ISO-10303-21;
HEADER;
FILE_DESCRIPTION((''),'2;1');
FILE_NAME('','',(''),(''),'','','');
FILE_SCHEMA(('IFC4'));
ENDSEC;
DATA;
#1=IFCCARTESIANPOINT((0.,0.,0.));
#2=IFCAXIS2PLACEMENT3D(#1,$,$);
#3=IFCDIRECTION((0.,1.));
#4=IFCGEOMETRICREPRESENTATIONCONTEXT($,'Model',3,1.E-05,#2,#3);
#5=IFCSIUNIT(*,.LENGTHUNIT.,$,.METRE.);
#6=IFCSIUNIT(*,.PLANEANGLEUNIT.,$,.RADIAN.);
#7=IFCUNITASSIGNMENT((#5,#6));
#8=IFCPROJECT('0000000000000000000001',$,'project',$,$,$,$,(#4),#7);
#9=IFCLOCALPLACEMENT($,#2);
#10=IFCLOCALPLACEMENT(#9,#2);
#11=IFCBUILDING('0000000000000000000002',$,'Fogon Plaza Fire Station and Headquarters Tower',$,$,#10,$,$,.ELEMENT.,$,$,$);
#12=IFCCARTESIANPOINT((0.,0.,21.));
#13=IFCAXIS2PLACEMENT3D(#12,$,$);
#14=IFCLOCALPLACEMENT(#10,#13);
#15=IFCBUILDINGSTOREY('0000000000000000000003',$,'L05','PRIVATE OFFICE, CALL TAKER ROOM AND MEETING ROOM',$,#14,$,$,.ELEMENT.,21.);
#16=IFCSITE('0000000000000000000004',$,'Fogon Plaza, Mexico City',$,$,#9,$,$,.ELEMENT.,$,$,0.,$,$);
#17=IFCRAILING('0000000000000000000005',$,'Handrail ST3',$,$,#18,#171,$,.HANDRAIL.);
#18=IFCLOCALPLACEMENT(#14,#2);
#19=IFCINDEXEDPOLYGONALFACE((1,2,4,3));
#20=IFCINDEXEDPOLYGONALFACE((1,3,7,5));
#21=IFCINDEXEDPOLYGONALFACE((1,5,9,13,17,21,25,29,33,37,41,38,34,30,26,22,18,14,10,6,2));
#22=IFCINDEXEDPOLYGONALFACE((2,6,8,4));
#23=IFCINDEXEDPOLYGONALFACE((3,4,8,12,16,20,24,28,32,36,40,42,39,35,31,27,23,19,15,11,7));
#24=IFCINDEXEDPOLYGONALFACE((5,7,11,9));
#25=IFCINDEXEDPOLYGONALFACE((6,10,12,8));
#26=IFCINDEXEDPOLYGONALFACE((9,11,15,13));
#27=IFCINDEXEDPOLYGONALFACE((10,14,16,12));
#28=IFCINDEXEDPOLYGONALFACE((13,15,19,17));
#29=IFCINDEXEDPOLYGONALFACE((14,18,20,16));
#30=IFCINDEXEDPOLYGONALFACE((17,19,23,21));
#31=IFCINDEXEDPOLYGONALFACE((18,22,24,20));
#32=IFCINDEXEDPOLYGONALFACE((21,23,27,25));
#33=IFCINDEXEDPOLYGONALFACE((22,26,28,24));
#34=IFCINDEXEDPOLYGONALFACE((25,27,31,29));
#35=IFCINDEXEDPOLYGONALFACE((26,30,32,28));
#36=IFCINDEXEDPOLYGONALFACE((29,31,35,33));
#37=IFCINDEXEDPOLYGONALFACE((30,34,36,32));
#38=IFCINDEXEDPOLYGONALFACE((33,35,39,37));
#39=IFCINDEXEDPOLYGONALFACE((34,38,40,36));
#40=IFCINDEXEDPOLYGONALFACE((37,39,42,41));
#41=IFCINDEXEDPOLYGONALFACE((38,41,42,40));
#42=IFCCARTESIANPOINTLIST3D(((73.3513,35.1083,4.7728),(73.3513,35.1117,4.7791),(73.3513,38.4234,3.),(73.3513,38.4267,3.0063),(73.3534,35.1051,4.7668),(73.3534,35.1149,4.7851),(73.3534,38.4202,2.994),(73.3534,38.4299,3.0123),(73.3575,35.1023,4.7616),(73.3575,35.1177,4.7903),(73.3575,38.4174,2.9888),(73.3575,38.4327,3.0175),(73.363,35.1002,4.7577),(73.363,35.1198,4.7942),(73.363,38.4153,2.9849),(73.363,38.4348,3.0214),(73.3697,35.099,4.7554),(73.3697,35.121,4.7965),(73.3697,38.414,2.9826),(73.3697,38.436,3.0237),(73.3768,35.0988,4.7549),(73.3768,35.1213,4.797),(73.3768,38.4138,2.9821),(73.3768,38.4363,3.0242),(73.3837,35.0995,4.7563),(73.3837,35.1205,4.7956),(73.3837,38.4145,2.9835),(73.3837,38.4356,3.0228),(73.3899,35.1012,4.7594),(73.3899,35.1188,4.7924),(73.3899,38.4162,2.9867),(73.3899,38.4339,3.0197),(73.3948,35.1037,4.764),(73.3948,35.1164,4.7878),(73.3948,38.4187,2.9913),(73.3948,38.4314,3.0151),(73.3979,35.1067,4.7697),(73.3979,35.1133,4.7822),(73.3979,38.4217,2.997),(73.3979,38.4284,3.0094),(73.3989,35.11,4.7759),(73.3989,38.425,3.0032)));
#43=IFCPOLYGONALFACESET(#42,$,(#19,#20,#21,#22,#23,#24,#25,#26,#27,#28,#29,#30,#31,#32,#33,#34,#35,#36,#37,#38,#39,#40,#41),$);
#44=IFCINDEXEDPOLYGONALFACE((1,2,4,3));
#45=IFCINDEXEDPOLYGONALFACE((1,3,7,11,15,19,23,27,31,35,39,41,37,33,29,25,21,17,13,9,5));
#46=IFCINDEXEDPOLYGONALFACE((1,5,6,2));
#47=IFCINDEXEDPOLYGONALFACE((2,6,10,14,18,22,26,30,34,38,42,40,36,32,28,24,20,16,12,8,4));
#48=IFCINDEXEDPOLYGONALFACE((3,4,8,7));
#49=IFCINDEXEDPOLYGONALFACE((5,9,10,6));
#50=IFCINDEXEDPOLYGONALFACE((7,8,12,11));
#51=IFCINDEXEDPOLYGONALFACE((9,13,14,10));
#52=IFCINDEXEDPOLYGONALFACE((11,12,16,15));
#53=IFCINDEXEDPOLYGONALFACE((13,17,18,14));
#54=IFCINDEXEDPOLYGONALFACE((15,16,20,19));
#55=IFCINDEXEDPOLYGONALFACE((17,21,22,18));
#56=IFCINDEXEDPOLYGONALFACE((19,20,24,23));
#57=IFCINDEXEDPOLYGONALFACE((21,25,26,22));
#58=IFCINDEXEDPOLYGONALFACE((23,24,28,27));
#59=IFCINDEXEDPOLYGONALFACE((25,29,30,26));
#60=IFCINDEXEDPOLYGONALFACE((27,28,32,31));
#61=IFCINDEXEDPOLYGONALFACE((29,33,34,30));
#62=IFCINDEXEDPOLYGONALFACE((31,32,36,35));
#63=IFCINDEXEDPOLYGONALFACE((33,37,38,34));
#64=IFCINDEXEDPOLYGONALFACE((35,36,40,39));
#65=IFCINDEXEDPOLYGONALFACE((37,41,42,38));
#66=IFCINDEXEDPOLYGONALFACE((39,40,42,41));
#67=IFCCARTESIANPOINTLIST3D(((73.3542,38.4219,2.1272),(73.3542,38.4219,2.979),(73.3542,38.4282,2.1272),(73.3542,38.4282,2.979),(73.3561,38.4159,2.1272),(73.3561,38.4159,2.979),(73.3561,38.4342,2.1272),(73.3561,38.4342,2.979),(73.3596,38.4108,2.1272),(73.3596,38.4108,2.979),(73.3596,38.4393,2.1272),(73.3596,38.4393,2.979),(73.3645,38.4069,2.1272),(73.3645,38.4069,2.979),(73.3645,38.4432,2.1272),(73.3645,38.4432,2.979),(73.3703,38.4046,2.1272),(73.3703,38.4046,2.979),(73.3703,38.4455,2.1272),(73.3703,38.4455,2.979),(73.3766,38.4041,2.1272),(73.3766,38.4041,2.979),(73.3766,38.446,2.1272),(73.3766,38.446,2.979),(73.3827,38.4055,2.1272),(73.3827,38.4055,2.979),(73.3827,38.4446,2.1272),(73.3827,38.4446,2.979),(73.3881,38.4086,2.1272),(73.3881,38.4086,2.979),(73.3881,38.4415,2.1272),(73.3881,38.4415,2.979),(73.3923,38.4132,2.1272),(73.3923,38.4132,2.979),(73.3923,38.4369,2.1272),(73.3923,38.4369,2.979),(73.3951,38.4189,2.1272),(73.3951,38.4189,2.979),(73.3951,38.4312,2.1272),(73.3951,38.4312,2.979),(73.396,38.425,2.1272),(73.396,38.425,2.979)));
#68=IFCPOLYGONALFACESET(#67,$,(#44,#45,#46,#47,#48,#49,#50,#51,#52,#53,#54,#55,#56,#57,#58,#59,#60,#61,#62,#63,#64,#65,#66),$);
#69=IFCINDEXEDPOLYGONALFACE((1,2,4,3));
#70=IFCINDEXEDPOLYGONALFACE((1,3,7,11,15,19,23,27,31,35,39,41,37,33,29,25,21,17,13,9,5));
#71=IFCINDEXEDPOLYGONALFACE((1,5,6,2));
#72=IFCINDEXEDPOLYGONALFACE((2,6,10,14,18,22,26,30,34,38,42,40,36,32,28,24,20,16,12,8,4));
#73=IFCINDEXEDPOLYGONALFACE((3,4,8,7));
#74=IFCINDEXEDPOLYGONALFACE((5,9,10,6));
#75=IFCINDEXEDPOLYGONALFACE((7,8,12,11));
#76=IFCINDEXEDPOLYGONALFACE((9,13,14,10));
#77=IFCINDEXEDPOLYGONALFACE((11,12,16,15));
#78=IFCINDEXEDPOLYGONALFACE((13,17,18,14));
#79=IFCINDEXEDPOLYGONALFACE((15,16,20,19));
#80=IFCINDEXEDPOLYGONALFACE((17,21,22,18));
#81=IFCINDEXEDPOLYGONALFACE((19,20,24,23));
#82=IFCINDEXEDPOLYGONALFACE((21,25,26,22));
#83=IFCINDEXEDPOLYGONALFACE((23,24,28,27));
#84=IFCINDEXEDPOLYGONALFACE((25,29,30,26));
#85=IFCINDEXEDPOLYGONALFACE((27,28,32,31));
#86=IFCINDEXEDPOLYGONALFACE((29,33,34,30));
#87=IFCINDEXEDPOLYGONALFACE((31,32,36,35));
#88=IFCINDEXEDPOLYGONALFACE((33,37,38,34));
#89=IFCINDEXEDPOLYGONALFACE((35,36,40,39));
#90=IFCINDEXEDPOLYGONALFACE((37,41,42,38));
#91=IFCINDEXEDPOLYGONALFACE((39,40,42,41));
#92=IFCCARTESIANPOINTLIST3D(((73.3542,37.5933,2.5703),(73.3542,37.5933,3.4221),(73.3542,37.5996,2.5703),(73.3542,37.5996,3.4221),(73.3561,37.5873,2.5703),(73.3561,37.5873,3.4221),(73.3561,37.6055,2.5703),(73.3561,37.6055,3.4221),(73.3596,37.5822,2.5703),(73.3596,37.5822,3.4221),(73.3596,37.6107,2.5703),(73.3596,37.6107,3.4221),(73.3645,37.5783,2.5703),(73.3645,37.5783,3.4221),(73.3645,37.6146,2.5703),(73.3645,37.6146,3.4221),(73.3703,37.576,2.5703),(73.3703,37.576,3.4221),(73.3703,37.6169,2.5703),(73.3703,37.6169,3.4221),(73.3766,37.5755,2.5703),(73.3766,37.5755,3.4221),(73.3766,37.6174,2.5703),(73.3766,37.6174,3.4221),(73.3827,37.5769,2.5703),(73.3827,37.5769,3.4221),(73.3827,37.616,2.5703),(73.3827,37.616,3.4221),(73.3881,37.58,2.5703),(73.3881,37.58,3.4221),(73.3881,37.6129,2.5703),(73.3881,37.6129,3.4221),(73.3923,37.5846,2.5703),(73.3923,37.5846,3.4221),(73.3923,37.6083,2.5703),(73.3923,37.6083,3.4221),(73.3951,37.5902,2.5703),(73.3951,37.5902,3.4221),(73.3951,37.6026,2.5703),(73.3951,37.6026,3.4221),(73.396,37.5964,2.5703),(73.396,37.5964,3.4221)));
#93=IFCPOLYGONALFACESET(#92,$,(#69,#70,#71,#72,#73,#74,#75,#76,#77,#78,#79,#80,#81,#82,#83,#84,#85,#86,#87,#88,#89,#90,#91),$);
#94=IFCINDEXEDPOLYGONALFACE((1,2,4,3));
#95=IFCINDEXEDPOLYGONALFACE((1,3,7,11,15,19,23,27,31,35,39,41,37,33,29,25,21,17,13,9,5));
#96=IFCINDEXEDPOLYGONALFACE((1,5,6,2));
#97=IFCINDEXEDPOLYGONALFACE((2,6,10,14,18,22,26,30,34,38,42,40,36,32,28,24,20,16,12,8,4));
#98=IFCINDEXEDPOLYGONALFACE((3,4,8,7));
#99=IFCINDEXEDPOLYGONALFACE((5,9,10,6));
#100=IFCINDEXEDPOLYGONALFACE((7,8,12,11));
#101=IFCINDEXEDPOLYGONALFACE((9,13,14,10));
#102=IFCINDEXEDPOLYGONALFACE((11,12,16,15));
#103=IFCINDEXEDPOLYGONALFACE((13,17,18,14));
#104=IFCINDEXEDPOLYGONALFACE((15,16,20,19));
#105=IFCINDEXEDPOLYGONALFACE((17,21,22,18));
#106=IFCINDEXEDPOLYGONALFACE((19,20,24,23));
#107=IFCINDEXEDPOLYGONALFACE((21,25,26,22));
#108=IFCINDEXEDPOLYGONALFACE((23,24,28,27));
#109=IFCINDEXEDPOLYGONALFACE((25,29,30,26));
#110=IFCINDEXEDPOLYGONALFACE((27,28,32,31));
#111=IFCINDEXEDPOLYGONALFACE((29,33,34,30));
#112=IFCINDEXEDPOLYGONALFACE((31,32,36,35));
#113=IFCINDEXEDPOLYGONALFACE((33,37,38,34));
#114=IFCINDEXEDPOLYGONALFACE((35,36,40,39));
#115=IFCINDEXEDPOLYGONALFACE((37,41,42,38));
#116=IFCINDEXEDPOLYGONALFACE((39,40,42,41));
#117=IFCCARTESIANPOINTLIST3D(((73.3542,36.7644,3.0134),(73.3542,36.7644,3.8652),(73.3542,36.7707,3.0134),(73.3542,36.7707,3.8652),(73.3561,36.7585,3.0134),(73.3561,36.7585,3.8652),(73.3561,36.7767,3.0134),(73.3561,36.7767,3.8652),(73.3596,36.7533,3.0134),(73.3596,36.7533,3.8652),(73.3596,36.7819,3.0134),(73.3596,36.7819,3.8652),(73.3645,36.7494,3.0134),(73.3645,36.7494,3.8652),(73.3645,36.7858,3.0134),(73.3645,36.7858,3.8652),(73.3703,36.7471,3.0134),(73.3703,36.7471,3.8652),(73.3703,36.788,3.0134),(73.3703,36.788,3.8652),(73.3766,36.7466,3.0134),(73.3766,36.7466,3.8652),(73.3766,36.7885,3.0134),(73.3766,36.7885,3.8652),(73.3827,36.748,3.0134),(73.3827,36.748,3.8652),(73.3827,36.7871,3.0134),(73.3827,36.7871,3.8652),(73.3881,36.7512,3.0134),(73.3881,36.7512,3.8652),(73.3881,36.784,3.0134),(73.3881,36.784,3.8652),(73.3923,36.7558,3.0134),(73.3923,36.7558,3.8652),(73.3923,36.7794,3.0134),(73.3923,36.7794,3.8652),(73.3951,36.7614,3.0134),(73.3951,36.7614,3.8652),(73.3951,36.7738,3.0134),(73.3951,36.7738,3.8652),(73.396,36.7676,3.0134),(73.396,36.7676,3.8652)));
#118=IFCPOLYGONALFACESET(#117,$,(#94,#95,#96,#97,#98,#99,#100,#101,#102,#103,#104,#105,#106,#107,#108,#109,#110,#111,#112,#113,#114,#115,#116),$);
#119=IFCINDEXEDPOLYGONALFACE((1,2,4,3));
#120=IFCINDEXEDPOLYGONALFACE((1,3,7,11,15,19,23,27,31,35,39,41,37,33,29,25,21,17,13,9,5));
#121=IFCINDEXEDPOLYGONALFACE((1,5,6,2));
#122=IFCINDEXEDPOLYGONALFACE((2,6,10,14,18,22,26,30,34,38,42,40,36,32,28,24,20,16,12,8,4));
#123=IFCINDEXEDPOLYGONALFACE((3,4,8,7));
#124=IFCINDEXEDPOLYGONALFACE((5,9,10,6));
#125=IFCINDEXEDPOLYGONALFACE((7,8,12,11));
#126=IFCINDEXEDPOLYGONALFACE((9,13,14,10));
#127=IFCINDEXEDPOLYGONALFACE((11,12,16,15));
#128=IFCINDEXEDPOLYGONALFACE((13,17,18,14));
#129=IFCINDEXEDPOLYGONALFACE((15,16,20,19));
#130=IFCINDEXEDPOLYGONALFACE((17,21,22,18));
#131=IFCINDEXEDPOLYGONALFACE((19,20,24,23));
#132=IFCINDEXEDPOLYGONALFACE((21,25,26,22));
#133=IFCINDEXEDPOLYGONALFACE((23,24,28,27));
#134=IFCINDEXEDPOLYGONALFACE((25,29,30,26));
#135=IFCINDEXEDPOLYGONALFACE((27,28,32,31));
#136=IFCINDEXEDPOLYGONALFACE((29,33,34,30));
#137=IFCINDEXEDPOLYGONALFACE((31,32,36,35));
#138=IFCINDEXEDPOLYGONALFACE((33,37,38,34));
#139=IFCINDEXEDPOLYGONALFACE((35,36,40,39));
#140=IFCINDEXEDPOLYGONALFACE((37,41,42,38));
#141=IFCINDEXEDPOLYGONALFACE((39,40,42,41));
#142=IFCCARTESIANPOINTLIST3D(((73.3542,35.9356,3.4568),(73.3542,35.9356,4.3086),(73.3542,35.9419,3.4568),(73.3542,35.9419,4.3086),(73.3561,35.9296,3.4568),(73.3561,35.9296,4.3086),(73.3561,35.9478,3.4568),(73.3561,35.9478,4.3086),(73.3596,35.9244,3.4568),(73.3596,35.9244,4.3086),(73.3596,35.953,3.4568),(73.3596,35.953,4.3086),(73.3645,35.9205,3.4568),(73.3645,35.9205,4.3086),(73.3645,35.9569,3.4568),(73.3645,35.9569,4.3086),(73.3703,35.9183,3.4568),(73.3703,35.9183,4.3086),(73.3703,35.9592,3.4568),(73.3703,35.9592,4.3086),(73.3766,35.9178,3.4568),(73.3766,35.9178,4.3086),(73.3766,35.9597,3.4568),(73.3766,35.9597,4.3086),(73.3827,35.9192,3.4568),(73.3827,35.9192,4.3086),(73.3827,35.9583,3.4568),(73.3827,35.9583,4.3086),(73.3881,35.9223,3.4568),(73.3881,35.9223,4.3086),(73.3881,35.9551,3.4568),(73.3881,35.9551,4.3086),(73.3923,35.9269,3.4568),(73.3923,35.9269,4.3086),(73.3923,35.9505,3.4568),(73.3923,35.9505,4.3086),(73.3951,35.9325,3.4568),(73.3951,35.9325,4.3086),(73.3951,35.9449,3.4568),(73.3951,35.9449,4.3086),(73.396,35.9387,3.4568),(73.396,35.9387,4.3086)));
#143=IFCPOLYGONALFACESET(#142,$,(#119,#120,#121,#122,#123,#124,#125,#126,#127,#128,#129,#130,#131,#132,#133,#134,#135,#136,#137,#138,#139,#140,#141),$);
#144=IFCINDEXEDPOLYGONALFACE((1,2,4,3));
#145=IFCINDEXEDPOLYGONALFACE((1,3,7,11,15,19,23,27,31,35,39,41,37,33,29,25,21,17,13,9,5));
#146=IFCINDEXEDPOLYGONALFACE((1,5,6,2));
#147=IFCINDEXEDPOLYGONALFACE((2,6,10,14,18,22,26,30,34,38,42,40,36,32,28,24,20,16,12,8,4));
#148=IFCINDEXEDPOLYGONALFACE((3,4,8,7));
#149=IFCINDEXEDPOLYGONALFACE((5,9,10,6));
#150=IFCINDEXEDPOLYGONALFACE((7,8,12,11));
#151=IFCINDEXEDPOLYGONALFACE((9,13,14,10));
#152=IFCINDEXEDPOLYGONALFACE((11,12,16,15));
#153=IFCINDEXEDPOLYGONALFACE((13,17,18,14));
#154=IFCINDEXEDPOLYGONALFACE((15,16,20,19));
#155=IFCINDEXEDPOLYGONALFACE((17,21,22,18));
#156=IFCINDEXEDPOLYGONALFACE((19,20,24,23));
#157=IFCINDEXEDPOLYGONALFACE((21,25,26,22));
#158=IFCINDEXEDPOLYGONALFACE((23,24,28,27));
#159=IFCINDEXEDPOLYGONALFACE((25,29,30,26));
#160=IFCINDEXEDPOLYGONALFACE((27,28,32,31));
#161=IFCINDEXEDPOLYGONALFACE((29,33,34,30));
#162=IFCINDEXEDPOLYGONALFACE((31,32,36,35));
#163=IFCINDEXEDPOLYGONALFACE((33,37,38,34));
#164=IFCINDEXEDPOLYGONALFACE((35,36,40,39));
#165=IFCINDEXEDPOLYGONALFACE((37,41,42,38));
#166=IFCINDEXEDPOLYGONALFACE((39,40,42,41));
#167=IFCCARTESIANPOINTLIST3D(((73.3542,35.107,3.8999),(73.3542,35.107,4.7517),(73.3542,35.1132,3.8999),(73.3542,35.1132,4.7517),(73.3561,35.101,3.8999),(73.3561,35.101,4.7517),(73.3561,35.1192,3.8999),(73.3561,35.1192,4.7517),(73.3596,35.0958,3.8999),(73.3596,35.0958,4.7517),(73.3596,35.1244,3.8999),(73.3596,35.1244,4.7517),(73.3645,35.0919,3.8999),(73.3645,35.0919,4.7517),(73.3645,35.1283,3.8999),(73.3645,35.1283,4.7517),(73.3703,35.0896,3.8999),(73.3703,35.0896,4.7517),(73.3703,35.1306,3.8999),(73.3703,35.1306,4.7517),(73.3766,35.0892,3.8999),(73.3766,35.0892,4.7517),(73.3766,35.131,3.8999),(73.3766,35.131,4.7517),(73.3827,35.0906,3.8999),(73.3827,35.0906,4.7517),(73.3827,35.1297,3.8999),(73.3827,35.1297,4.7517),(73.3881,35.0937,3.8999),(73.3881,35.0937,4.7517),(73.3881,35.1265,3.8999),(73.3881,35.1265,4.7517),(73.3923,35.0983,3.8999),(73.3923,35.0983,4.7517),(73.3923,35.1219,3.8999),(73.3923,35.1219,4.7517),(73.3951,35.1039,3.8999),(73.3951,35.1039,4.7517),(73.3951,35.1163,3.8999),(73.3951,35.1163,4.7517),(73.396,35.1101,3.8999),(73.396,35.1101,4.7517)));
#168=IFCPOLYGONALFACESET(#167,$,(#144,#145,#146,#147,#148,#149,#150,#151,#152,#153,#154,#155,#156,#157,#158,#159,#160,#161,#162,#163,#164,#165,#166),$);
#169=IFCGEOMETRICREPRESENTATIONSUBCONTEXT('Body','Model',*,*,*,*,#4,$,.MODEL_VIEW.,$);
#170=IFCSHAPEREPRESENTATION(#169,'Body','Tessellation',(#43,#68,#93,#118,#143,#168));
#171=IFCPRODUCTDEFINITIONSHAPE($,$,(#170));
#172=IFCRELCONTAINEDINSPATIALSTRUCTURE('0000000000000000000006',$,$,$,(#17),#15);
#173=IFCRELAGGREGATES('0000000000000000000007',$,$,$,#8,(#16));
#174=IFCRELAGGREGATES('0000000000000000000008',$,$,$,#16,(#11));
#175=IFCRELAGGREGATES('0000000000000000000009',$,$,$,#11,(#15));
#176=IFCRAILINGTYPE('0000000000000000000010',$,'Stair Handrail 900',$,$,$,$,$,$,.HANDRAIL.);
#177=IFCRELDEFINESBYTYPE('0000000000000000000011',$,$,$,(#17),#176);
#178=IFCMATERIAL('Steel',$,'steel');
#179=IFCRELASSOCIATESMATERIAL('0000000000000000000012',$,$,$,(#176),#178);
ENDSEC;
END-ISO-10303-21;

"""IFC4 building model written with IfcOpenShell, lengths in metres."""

from ifc_helpers import new_model, si_unit, direction, frame, origin, origin_2d, place, context, subcontext, project, spatial, circle, extrude, material, type_object, element, save


model = new_model("IFC4")

# Units and contexts
model_context = context("Model", 3, precision=1e-05, world=origin(), true_north=direction((0.0, 1.0)))
body_context = subcontext(model_context, "Body", "Model", "MODEL_VIEW")
ifc_project = project(units=[si_unit("LENGTHUNIT", "METRE"), si_unit("PLANEANGLEUNIT", "RADIAN")], contexts=[model_context])

# Site, building, storey
site_placement = place(None, origin())
site = spatial("IfcSite", under=ifc_project, at=site_placement, Name="Fogon Plaza, Mexico City", CompositionType="ELEMENT", RefElevation=0.0)
building_placement = place(site_placement, origin())
building = spatial("IfcBuilding", under=site, at=building_placement, Name="Fogon Plaza Fire Station and Headquarters Tower", CompositionType="ELEMENT")
storey_placement = place(building_placement, frame((0.0, 0.0, 21.0)))
storey = spatial("IfcBuildingStorey", under=building, at=storey_placement, Name="L05", Description="PRIVATE OFFICE, CALL TAKER ROOM AND MEETING ROOM", CompositionType="ELEMENT", Elevation=21.0)

# Railing
ifc_material_1 = material(Name="Steel", Category="steel")
railing_type = type_object("IfcRailingType", Name="Stair Handrail 900", PredefinedType="HANDRAIL", material=ifc_material_1)
for number, where, name in (
    (1, (73.375, 38.425, 2.1272), "Handrail ST3"),
):
    element("IfcRailing", number, at=place(storey_placement, frame(where)), inside=storey, type_object=railing_type, Name=name, PredefinedType="HANDRAIL", context=body_context, shape_type="SweptSolid", body=[
        extrude(circle(Radius=0.0239, at=origin_2d()), frame((0.0, 0.0, 0.876), z_axis=(0.0, -0.881829, 0.471569), x_axis=(1.0, 0.0, 0.0)), (0.0, 0.0, 1.0), 3.7593),
        extrude(circle(Radius=0.021, at=origin_2d()), origin(), (0.0, 0.0, 1.0), 0.8518),
        extrude(circle(Radius=0.021, at=origin_2d()), frame((0.0, -0.8286, 0.4431)), (0.0, 0.0, 1.0), 0.8518),
        extrude(circle(Radius=0.021, at=origin_2d()), frame((0.0, -1.6575, 0.8862)), (0.0, 0.0, 1.0), 0.8518),
        extrude(circle(Radius=0.021, at=origin_2d()), frame((0.0, -2.4863, 1.3296)), (0.0, 0.0, 1.0), 0.8518),
        extrude(circle(Radius=0.021, at=origin_2d()), frame((0.0, -3.3149, 1.7727)), (0.0, 0.0, 1.0), 0.8518),
    ])

save(model, "model.ifc")
